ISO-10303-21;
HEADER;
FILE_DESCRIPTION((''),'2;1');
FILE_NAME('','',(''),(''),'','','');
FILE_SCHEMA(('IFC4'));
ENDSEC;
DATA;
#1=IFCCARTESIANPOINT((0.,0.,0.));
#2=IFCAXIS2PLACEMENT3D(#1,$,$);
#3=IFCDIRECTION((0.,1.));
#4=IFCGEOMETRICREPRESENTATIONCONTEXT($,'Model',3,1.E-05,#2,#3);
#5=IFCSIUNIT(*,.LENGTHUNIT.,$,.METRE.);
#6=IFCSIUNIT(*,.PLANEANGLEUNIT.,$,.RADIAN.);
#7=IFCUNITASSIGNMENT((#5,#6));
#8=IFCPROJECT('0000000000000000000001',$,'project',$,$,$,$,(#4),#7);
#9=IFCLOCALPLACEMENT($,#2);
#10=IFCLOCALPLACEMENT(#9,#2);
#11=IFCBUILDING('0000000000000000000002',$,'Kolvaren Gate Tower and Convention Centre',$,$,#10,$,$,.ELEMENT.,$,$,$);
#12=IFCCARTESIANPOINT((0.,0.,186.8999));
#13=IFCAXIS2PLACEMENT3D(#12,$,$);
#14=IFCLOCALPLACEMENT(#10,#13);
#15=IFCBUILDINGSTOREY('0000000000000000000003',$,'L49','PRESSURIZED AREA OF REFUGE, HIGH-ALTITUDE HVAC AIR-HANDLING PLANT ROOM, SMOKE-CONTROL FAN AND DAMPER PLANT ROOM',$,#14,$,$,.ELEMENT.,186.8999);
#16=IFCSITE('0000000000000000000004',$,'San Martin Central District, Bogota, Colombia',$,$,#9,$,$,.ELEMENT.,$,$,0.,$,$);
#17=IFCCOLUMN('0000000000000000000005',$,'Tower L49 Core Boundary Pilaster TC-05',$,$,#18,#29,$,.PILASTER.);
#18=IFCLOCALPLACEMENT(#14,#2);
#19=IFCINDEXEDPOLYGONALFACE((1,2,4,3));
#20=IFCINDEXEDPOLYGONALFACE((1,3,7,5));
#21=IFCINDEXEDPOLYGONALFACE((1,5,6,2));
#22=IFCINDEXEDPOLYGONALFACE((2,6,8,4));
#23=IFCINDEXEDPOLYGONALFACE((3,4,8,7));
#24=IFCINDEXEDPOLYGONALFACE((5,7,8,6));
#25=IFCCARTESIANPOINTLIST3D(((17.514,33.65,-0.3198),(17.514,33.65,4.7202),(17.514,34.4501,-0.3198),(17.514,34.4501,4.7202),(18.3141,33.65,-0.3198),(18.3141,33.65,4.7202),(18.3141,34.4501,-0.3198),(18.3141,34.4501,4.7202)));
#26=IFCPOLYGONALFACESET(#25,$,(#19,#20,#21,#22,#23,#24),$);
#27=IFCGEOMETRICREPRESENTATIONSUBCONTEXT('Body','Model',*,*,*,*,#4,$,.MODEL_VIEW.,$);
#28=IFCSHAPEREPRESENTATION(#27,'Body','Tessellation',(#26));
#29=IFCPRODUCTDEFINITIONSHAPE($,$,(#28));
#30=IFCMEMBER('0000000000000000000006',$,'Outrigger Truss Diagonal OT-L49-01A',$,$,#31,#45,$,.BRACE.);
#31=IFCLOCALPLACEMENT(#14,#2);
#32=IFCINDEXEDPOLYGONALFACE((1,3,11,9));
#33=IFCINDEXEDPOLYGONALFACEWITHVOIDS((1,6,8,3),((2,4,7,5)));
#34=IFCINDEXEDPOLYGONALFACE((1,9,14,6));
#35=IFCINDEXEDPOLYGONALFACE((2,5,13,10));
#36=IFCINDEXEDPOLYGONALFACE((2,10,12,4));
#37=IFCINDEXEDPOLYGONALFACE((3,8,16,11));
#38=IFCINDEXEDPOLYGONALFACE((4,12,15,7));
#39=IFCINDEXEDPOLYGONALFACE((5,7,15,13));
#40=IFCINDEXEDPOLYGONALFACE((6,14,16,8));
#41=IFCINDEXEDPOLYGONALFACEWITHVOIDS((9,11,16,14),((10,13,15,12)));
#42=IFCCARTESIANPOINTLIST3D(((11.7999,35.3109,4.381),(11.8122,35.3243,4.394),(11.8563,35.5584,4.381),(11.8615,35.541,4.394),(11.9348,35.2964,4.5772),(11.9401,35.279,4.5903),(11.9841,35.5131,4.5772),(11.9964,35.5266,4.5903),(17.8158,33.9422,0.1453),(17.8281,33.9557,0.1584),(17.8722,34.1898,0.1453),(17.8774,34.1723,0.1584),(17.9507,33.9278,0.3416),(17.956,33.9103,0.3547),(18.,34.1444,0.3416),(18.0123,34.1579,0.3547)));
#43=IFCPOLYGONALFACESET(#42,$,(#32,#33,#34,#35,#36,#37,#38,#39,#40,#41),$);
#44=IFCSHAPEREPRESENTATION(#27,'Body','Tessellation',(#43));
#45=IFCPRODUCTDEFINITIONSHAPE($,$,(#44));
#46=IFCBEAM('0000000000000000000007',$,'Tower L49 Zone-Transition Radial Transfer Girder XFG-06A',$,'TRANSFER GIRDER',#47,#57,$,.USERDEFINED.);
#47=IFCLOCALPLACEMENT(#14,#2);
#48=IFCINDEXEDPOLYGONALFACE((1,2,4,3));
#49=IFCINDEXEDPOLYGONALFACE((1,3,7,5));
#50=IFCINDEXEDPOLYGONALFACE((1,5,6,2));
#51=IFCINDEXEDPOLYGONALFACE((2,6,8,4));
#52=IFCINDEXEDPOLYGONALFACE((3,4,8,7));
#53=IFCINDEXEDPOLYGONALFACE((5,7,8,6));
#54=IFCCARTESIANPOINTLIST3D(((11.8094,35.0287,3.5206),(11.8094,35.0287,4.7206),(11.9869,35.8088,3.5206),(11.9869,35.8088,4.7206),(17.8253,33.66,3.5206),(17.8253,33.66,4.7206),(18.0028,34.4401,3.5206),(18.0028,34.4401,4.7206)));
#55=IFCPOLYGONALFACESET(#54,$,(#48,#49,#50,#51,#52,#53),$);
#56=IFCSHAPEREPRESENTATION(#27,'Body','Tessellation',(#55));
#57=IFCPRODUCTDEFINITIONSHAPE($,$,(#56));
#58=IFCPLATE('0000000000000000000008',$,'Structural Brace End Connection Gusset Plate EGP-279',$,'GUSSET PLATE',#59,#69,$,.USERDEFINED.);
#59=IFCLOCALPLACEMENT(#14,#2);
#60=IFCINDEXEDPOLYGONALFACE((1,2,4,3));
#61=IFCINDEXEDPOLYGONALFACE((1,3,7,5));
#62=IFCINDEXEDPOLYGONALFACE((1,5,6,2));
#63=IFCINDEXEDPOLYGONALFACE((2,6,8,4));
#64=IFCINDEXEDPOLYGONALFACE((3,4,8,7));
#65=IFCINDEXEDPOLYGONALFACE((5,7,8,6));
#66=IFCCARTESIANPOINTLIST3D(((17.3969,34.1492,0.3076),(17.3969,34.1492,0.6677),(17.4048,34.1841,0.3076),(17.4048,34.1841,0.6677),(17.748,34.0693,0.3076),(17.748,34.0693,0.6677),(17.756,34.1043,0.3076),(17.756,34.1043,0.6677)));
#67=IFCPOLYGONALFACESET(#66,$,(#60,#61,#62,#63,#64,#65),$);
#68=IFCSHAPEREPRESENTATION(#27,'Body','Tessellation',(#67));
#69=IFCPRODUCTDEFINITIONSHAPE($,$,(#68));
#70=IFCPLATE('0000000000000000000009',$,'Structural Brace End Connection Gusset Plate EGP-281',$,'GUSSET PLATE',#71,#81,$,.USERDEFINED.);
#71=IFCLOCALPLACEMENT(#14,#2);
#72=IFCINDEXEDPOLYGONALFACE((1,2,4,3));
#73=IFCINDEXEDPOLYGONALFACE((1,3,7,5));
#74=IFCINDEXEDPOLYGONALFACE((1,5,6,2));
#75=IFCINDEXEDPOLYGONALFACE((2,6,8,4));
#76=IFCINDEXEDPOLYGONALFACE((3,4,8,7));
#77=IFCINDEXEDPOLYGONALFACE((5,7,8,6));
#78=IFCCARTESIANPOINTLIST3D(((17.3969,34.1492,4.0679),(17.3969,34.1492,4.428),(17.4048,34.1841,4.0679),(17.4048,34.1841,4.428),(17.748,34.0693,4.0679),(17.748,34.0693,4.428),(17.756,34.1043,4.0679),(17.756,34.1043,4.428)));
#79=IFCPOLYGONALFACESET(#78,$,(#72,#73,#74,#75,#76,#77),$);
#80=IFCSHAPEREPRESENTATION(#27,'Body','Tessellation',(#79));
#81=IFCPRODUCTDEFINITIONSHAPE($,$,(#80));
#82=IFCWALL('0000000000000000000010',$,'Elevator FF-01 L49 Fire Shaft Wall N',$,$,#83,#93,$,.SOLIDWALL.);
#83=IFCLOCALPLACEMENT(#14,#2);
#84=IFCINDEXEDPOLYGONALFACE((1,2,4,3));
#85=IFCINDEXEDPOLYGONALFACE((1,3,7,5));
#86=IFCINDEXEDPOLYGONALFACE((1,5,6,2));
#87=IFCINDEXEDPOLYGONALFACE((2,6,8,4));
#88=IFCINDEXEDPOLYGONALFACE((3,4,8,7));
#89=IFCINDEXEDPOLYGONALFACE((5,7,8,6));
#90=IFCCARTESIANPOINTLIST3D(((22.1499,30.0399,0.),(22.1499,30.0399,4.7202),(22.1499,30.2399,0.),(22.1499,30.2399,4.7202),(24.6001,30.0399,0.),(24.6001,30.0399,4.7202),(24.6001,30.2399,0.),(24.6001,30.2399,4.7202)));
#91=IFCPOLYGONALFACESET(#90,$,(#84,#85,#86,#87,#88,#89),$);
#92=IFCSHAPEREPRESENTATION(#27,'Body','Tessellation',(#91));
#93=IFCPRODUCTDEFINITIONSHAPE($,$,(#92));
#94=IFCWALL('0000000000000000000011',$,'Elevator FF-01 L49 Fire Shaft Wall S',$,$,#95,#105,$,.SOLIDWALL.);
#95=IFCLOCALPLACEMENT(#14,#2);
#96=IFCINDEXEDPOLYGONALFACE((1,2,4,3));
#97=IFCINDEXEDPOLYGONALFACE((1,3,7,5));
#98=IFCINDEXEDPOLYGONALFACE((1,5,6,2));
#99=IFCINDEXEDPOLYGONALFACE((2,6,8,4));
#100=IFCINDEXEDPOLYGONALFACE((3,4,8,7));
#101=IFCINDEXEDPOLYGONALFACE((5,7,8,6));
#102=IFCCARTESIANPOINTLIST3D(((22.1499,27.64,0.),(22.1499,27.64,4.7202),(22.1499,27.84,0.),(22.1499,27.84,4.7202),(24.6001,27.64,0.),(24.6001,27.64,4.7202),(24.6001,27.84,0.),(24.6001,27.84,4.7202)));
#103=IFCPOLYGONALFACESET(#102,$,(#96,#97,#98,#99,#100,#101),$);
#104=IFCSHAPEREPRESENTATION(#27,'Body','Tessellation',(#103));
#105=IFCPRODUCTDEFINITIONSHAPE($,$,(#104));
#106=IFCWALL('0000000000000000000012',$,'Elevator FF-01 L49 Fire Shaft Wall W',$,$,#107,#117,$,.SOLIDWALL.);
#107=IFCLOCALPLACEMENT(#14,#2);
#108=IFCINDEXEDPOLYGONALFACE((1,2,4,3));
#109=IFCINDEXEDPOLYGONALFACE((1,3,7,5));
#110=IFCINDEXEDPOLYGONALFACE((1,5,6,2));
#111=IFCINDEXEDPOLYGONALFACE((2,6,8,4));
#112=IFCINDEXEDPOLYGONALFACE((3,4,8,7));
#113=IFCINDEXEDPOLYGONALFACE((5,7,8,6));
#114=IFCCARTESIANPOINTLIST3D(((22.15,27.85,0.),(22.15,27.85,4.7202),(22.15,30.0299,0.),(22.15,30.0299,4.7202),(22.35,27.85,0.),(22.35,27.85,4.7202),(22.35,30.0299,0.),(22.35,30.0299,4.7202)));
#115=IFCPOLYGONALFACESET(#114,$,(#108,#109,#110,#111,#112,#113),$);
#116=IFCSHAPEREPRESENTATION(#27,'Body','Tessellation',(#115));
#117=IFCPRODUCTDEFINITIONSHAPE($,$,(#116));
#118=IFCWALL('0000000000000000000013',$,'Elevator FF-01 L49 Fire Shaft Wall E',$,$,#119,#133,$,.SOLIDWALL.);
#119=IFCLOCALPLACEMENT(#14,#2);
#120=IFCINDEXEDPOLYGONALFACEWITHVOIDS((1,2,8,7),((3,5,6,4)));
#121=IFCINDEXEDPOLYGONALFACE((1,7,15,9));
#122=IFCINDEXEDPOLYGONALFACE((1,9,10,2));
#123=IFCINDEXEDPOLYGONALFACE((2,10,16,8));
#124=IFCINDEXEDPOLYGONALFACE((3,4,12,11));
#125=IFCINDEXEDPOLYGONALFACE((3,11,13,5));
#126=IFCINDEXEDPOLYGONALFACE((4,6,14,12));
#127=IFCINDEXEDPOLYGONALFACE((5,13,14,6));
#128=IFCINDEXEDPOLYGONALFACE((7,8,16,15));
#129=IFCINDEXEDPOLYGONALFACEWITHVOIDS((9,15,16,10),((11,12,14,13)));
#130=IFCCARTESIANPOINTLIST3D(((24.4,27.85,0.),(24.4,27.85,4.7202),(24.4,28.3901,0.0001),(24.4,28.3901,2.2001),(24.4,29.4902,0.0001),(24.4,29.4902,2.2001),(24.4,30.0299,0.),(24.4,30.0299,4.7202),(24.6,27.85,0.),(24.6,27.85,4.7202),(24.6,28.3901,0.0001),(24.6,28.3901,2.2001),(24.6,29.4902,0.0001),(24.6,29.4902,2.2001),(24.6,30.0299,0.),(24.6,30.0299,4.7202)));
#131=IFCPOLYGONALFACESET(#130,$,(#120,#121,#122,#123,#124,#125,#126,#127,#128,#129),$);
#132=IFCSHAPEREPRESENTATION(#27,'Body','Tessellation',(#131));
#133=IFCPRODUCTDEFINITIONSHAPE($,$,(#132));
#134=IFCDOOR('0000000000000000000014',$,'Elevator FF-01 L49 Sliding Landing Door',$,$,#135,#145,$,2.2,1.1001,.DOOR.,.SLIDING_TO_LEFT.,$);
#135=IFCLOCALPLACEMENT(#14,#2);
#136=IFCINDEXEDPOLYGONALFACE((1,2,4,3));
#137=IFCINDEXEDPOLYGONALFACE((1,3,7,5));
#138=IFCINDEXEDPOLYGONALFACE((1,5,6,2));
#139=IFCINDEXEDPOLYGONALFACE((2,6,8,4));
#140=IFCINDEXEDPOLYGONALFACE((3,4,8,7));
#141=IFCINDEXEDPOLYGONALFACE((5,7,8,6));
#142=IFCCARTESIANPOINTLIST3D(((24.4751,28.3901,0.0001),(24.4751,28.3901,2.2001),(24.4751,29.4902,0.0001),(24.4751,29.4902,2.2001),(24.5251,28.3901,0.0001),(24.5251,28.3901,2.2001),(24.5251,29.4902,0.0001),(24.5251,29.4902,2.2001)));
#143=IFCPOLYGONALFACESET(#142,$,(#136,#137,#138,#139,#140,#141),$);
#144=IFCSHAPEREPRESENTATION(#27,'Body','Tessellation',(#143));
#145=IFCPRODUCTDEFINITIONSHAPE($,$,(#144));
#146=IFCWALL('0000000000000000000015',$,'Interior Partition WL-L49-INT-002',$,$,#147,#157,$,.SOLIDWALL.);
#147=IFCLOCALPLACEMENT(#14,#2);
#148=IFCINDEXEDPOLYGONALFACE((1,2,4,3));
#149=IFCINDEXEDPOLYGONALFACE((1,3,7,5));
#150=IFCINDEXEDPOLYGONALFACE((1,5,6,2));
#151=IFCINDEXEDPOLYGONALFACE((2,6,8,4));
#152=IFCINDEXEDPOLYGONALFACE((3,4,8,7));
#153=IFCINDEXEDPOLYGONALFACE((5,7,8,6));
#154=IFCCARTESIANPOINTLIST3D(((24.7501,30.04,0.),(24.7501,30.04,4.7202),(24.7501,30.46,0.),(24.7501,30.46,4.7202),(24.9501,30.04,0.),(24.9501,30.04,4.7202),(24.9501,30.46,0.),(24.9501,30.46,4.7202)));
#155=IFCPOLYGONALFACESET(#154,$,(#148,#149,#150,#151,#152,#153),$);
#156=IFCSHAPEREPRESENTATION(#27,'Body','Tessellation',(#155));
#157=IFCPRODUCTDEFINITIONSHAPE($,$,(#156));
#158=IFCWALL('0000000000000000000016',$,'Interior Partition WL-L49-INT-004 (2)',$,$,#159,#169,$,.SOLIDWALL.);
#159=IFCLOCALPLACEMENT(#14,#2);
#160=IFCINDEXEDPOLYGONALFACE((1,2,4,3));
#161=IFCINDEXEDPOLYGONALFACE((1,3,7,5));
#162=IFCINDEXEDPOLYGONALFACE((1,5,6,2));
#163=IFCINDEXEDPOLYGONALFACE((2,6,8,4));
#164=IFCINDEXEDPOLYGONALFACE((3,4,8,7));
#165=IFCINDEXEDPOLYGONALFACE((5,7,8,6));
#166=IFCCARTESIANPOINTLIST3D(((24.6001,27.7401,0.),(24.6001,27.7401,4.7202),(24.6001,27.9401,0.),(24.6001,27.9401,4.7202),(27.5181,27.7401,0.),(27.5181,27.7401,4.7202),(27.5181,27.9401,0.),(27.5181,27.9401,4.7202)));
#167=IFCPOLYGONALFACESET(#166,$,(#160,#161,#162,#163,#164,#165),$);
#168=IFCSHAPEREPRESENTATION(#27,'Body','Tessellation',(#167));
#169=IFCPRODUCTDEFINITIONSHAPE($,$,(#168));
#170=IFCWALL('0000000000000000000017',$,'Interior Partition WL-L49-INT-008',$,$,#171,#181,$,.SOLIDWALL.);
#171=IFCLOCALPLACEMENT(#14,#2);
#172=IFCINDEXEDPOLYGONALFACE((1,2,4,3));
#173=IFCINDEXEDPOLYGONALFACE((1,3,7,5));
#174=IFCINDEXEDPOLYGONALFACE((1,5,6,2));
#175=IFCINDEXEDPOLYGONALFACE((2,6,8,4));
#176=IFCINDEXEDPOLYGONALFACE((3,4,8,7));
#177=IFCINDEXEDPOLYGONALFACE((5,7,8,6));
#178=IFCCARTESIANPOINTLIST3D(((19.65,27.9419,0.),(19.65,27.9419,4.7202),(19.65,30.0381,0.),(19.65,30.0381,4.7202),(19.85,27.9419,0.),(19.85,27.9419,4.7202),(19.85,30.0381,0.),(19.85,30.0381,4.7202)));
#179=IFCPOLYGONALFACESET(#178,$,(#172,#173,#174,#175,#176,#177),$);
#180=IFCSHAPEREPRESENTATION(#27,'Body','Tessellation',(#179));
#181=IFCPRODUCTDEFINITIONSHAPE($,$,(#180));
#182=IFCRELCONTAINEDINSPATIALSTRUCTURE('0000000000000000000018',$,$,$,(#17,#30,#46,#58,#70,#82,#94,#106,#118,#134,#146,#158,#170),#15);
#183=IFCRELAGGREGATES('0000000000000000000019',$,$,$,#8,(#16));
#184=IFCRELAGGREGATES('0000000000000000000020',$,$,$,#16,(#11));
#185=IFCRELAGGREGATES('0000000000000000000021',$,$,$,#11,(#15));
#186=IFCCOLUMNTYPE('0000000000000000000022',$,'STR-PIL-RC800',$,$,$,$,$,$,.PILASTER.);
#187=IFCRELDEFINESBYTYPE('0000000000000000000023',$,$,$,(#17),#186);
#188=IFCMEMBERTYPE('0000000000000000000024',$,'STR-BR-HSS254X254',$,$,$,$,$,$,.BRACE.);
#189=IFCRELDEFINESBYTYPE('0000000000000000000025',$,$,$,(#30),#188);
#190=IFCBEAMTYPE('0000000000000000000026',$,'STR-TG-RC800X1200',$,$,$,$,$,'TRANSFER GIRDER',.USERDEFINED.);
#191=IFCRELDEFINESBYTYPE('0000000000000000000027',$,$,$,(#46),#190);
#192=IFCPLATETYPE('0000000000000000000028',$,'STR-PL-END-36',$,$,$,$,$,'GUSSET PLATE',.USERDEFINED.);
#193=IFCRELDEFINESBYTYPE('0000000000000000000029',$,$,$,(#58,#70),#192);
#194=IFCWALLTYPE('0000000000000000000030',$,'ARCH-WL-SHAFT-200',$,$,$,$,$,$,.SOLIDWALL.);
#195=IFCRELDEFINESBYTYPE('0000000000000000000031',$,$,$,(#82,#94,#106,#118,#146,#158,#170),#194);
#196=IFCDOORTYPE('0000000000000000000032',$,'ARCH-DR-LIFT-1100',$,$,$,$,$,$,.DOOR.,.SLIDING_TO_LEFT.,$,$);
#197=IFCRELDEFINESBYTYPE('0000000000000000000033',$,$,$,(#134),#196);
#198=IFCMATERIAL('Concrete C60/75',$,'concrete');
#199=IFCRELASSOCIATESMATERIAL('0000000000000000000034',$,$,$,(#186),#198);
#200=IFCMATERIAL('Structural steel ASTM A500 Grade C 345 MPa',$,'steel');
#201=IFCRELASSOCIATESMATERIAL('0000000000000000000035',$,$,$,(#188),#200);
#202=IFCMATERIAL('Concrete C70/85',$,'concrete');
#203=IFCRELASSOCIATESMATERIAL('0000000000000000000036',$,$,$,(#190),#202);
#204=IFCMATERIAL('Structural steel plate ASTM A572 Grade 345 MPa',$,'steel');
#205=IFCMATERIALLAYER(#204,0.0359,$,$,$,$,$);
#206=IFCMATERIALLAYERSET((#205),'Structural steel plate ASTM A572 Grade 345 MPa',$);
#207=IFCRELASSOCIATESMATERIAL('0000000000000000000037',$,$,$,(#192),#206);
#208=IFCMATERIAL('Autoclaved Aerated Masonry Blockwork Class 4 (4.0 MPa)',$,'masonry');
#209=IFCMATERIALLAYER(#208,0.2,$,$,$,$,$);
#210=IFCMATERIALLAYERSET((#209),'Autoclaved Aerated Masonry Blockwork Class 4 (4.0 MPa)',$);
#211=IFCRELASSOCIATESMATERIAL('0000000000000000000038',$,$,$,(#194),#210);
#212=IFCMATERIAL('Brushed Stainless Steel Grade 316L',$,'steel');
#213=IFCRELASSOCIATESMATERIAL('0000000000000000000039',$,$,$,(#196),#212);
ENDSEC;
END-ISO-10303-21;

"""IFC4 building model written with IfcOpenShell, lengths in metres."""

from ifc_helpers import new_model, si_unit, direction, frame, frame_2d, origin, origin_2d, place, context, subcontext, project, spatial, rectangle, hollow_rectangle, extrude, material, layer, layer_set, material_profile, profile_set, type_object, element, fill, save


model = new_model("IFC4")

# Units and contexts
model_context = context("Model", 3, precision=1e-05, world=origin(), true_north=direction((0.0, 1.0)))
body_context = subcontext(model_context, "Body", "Model", "MODEL_VIEW")
ifc_project = project(units=[si_unit("LENGTHUNIT", "METRE"), si_unit("PLANEANGLEUNIT", "RADIAN")], contexts=[model_context])

# Site, building, storey
site_placement = place(None, origin())
site = spatial("IfcSite", under=ifc_project, at=site_placement, Name="San Martin Central District, Bogota, Colombia", CompositionType="ELEMENT", RefElevation=0.0)
building_placement = place(site_placement, origin())
building = spatial("IfcBuilding", under=site, at=building_placement, Name="Kolvaren Gate Tower and Convention Centre", CompositionType="ELEMENT")
storey_placement = place(building_placement, frame((0.0, 0.0, 186.8999)))
storey = spatial("IfcBuildingStorey", under=building, at=storey_placement, Name="L49", Description="PRESSURIZED AREA OF REFUGE, HIGH-ALTITUDE HVAC AIR-HANDLING PLANT ROOM, SMOKE-CONTROL FAN AND DAMPER PLANT ROOM", CompositionType="ELEMENT", Elevation=186.8999)

# Column
ifc_material_1 = material(Name="Concrete C60/75", Category="concrete")
ifc_material_profile_1 = material_profile(ifc_material_1, rectangle(XDim=0.8, YDim=0.8, at=origin_2d()), Name="RC-COL-800X800")
ifc_profile_set_1 = profile_set([ifc_material_profile_1], Name="Concrete C60/75")
column_type = type_object("IfcColumnType", Name="STR-PIL-RC800", PredefinedType="PILASTER", material=ifc_profile_set_1)
column_placement = place(storey_placement, frame((17.9141, 34.05, -0.3198), z_axis=(0.0, 0.0, 1.0), x_axis=(1.0, 0.0, 0.0)))
element("IfcColumn", 1, at=column_placement, inside=storey, type_object=column_type, Name="Tower L49 Core Boundary Pilaster TC-05", PredefinedType="PILASTER", context=body_context, shape_type="SweptSolid", body=[
    extrude(rectangle(XDim=0.8, YDim=0.8, at=origin_2d()), origin(), (0.0, 0.0, 1.0), 5.04),
])

# Member
ifc_material_2 = material(Name="Structural steel ASTM A500 Grade C 345 MPa", Category="steel")
ifc_material_profile_2 = material_profile(ifc_material_2, hollow_rectangle(XDim=0.2539, YDim=0.2539, WallThickness=0.0159, at=origin_2d()), Name="HSS254X254X15.9")
ifc_profile_set_2 = profile_set([ifc_material_profile_2], Name="Structural steel ASTM A500 Grade C 345 MPa")
member_type = type_object("IfcMemberType", Name="STR-BR-HSS254X254", PredefinedType="BRACE", material=ifc_profile_set_2)
member_placement = place(storey_placement, frame((17.9141, 34.05, 0.25), z_axis=(-0.803874, 0.182887, 0.565984), x_axis=(-0.221838, -0.975083, 0.0)))
element("IfcMember", 2, at=member_placement, inside=storey, type_object=member_type, Name="Outrigger Truss Diagonal OT-L49-01A", PredefinedType="BRACE", context=body_context, shape_type="SweptSolid", body=[
    extrude(hollow_rectangle(XDim=0.2539, YDim=0.2539, WallThickness=0.0159, at=origin_2d()), origin(), (0.0, 0.0, 1.0), 7.4836),
])

# Beam
ifc_material_3 = material(Name="Concrete C70/85", Category="concrete")
ifc_material_profile_3 = material_profile(ifc_material_3, rectangle(XDim=0.8, YDim=1.2, at=origin_2d()), Name="RC-BM-800X1200")
ifc_profile_set_3 = profile_set([ifc_material_profile_3], Name="Concrete C70/85")
beam_type = type_object("IfcBeamType", Name="STR-TG-RC800X1200", ElementType="TRANSFER GIRDER", PredefinedType="USERDEFINED", material=ifc_profile_set_3)
beam_placement = place(storey_placement, frame((17.9141, 34.05, 4.1206), z_axis=(-0.975083, 0.221838, 0.0), x_axis=(-0.221838, -0.975083, 0.0)))
element("IfcBeam", 3, at=beam_placement, inside=storey, type_object=beam_type, Name="Tower L49 Zone-Transition Radial Transfer Girder XFG-06A", ObjectType="TRANSFER GIRDER", PredefinedType="USERDEFINED", context=body_context, shape_type="SweptSolid", body=[
    extrude(rectangle(XDim=0.8, YDim=1.2, at=origin_2d()), origin(), (0.0, 0.0, 1.0), 6.1697),
])

# Plates
ifc_material_4 = material(Name="Structural steel plate ASTM A572 Grade 345 MPa", Category="steel")
ifc_layer_1 = layer(ifc_material_4, 0.0359)
ifc_layer_set_1 = layer_set([ifc_layer_1], Name="Structural steel plate ASTM A572 Grade 345 MPa")
plate_type = type_object("IfcPlateType", Name="STR-PL-END-36", ElementType="GUSSET PLATE", PredefinedType="USERDEFINED", material=ifc_layer_set_1)
for number, where, z_axis, x_axis, name in (
    (4, (17.5764, 34.1267, 0.3076), (0.0, 0.0, 1.0), (-0.975084, 0.221836, 0.0), "Structural Brace End Connection Gusset Plate EGP-279"),
    (5, (17.5764, 34.1267, 4.0679), (0.0, 0.0, 1.0), (0.975083, -0.22184, 0.0), "Structural Brace End Connection Gusset Plate EGP-281"),
):
    element("IfcPlate", number, at=place(storey_placement, frame(where, z_axis=z_axis, x_axis=x_axis)), inside=storey, type_object=plate_type, Name=name, ObjectType="GUSSET PLATE", PredefinedType="USERDEFINED", context=body_context, shape_type="SweptSolid", body=[
        extrude(rectangle(XDim=0.3601, YDim=0.0359, at=origin_2d()), origin(), (0.0, 0.0, 1.0), 0.3601),
    ])

# Walls
ifc_material_5 = material(Name="Autoclaved Aerated Masonry Blockwork Class 4 (4.0 MPa)", Category="masonry")
ifc_layer_2 = layer(ifc_material_5, 0.2)
ifc_layer_set_2 = layer_set([ifc_layer_2], Name="Autoclaved Aerated Masonry Blockwork Class 4 (4.0 MPa)")
wall_type_1 = type_object("IfcWallType", Name="ARCH-WL-SHAFT-200", PredefinedType="SOLIDWALL", material=ifc_layer_set_2)
for number, where, z_axis, x_axis, name in (
    (6, (22.1499, 30.1399, 0.0), (0.0, 0.0, 1.0), (1.0, 0.0, 0.0), "Elevator FF-01 L49 Fire Shaft Wall N"),
    (7, (22.1499, 27.74, 0.0), (0.0, 0.0, 1.0), (1.0, 0.0, 0.0), "Elevator FF-01 L49 Fire Shaft Wall S"),
):
    element("IfcWall", number, at=place(storey_placement, frame(where, z_axis=z_axis, x_axis=x_axis)), inside=storey, type_object=wall_type_1, Name=name, PredefinedType="SOLIDWALL", context=body_context, shape_type="SweptSolid", body=[
        extrude(rectangle(XDim=2.4502, YDim=0.2, at=frame_2d((1.2251, 0.0))), origin(), (0.0, 0.0, 1.0), 4.7202),
    ])
wall_1_placement = place(storey_placement, frame((22.25, 27.8501, 0.0), z_axis=(0.0, 0.0, 1.0), x_axis=(0.0, 1.0, 0.0)))
element("IfcWall", 8, at=wall_1_placement, inside=storey, type_object=wall_type_1, Name="Elevator FF-01 L49 Fire Shaft Wall W", PredefinedType="SOLIDWALL", context=body_context, shape_type="SweptSolid", body=[
    extrude(rectangle(XDim=2.1799, YDim=0.2, at=frame_2d((1.0898, 0.0))), origin(), (0.0, 0.0, 1.0), 4.7202),
])

# Wall, opening, door
wall_2_placement = place(storey_placement, frame((24.5, 27.8501, 0.0), z_axis=(0.0, 0.0, 1.0), x_axis=(0.0, 1.0, 0.0)))
wall_2 = element("IfcWall", 9, at=wall_2_placement, inside=storey, type_object=wall_type_1, Name="Elevator FF-01 L49 Fire Shaft Wall E", PredefinedType="SOLIDWALL", context=body_context, shape_type="SweptSolid", body=[
    extrude(rectangle(XDim=2.1799, YDim=0.2, at=frame_2d((1.0898, 0.0))), origin(), (0.0, 0.0, 1.0), 4.7202),
])
opening_1_placement = place(wall_2_placement, frame((0.54, 0.0, 0.0)))
opening_1 = element("IfcOpeningElement", 10, at=opening_1_placement, cuts=wall_2, PredefinedType="OPENING", context=body_context, shape_type="SweptSolid", body=[
    extrude(rectangle(XDim=1.1001, YDim=2.2, at=frame_2d((0.55, 1.1001))), frame((0.0, 0.1099, 0.0), z_axis=(0.0, -1.0, 0.0), x_axis=(1.0, 0.0, 0.0)), (0.0, 0.0, 1.0), 0.22),
])
ifc_material_6 = material(Name="Brushed Stainless Steel Grade 316L", Category="steel")
door_type_1 = type_object("IfcDoorType", Name="ARCH-DR-LIFT-1100", OperationType="SLIDING_TO_LEFT", PredefinedType="DOOR", material=ifc_material_6)
door_1_placement = place(opening_1_placement, origin())
door_1 = element("IfcDoor", 11, at=door_1_placement, inside=storey, type_object=door_type_1, Name="Elevator FF-01 L49 Sliding Landing Door", OperationType="SLIDING_TO_LEFT", OverallHeight=2.2, OverallWidth=1.1001, PredefinedType="DOOR", context=body_context, shape_type="SweptSolid", body=[
    extrude(rectangle(XDim=1.1001, YDim=2.2, at=frame_2d((0.55, 1.1001))), frame((0.0, 0.0249, 0.0), z_axis=(0.0, -1.0, 0.0), x_axis=(1.0, 0.0, 0.0)), (0.0, 0.0, 1.0), 0.05),
])
fill(opening_1, door_1)

# Walls
wall_3_placement = place(storey_placement, frame((24.8501, 30.04, 0.0), z_axis=(0.0, 0.0, 1.0), x_axis=(0.0, 1.0, 0.0)))
element("IfcWall", 12, at=wall_3_placement, inside=storey, type_object=wall_type_1, Name="Interior Partition WL-L49-INT-002", PredefinedType="SOLIDWALL", context=body_context, shape_type="SweptSolid", body=[
    extrude(rectangle(XDim=0.4199, YDim=0.2, at=frame_2d((0.21, 0.0))), origin(), (0.0, 0.0, 1.0), 4.7202),
])
wall_4_placement = place(storey_placement, frame((24.6001, 27.8401, 0.0), z_axis=(0.0, 0.0, 1.0), x_axis=(1.0, 0.0, 0.0)))
element("IfcWall", 13, at=wall_4_placement, inside=storey, type_object=wall_type_1, Name="Interior Partition WL-L49-INT-004 (2)", PredefinedType="SOLIDWALL", context=body_context, shape_type="SweptSolid", body=[
    extrude(rectangle(XDim=2.918, YDim=0.2, at=frame_2d((1.459, 0.0))), origin(), (0.0, 0.0, 1.0), 4.7202),
])
wall_5_placement = place(storey_placement, frame((19.75, 27.9419, 0.0), z_axis=(0.0, 0.0, 1.0), x_axis=(0.0, 1.0, 0.0)))
element("IfcWall", 14, at=wall_5_placement, inside=storey, type_object=wall_type_1, Name="Interior Partition WL-L49-INT-008", PredefinedType="SOLIDWALL", context=body_context, shape_type="SweptSolid", body=[
    extrude(rectangle(XDim=2.0962, YDim=0.2, at=frame_2d((1.0481, 0.0))), origin(), (0.0, 0.0, 1.0), 4.7202),
])

save(model, "model.ifc")
